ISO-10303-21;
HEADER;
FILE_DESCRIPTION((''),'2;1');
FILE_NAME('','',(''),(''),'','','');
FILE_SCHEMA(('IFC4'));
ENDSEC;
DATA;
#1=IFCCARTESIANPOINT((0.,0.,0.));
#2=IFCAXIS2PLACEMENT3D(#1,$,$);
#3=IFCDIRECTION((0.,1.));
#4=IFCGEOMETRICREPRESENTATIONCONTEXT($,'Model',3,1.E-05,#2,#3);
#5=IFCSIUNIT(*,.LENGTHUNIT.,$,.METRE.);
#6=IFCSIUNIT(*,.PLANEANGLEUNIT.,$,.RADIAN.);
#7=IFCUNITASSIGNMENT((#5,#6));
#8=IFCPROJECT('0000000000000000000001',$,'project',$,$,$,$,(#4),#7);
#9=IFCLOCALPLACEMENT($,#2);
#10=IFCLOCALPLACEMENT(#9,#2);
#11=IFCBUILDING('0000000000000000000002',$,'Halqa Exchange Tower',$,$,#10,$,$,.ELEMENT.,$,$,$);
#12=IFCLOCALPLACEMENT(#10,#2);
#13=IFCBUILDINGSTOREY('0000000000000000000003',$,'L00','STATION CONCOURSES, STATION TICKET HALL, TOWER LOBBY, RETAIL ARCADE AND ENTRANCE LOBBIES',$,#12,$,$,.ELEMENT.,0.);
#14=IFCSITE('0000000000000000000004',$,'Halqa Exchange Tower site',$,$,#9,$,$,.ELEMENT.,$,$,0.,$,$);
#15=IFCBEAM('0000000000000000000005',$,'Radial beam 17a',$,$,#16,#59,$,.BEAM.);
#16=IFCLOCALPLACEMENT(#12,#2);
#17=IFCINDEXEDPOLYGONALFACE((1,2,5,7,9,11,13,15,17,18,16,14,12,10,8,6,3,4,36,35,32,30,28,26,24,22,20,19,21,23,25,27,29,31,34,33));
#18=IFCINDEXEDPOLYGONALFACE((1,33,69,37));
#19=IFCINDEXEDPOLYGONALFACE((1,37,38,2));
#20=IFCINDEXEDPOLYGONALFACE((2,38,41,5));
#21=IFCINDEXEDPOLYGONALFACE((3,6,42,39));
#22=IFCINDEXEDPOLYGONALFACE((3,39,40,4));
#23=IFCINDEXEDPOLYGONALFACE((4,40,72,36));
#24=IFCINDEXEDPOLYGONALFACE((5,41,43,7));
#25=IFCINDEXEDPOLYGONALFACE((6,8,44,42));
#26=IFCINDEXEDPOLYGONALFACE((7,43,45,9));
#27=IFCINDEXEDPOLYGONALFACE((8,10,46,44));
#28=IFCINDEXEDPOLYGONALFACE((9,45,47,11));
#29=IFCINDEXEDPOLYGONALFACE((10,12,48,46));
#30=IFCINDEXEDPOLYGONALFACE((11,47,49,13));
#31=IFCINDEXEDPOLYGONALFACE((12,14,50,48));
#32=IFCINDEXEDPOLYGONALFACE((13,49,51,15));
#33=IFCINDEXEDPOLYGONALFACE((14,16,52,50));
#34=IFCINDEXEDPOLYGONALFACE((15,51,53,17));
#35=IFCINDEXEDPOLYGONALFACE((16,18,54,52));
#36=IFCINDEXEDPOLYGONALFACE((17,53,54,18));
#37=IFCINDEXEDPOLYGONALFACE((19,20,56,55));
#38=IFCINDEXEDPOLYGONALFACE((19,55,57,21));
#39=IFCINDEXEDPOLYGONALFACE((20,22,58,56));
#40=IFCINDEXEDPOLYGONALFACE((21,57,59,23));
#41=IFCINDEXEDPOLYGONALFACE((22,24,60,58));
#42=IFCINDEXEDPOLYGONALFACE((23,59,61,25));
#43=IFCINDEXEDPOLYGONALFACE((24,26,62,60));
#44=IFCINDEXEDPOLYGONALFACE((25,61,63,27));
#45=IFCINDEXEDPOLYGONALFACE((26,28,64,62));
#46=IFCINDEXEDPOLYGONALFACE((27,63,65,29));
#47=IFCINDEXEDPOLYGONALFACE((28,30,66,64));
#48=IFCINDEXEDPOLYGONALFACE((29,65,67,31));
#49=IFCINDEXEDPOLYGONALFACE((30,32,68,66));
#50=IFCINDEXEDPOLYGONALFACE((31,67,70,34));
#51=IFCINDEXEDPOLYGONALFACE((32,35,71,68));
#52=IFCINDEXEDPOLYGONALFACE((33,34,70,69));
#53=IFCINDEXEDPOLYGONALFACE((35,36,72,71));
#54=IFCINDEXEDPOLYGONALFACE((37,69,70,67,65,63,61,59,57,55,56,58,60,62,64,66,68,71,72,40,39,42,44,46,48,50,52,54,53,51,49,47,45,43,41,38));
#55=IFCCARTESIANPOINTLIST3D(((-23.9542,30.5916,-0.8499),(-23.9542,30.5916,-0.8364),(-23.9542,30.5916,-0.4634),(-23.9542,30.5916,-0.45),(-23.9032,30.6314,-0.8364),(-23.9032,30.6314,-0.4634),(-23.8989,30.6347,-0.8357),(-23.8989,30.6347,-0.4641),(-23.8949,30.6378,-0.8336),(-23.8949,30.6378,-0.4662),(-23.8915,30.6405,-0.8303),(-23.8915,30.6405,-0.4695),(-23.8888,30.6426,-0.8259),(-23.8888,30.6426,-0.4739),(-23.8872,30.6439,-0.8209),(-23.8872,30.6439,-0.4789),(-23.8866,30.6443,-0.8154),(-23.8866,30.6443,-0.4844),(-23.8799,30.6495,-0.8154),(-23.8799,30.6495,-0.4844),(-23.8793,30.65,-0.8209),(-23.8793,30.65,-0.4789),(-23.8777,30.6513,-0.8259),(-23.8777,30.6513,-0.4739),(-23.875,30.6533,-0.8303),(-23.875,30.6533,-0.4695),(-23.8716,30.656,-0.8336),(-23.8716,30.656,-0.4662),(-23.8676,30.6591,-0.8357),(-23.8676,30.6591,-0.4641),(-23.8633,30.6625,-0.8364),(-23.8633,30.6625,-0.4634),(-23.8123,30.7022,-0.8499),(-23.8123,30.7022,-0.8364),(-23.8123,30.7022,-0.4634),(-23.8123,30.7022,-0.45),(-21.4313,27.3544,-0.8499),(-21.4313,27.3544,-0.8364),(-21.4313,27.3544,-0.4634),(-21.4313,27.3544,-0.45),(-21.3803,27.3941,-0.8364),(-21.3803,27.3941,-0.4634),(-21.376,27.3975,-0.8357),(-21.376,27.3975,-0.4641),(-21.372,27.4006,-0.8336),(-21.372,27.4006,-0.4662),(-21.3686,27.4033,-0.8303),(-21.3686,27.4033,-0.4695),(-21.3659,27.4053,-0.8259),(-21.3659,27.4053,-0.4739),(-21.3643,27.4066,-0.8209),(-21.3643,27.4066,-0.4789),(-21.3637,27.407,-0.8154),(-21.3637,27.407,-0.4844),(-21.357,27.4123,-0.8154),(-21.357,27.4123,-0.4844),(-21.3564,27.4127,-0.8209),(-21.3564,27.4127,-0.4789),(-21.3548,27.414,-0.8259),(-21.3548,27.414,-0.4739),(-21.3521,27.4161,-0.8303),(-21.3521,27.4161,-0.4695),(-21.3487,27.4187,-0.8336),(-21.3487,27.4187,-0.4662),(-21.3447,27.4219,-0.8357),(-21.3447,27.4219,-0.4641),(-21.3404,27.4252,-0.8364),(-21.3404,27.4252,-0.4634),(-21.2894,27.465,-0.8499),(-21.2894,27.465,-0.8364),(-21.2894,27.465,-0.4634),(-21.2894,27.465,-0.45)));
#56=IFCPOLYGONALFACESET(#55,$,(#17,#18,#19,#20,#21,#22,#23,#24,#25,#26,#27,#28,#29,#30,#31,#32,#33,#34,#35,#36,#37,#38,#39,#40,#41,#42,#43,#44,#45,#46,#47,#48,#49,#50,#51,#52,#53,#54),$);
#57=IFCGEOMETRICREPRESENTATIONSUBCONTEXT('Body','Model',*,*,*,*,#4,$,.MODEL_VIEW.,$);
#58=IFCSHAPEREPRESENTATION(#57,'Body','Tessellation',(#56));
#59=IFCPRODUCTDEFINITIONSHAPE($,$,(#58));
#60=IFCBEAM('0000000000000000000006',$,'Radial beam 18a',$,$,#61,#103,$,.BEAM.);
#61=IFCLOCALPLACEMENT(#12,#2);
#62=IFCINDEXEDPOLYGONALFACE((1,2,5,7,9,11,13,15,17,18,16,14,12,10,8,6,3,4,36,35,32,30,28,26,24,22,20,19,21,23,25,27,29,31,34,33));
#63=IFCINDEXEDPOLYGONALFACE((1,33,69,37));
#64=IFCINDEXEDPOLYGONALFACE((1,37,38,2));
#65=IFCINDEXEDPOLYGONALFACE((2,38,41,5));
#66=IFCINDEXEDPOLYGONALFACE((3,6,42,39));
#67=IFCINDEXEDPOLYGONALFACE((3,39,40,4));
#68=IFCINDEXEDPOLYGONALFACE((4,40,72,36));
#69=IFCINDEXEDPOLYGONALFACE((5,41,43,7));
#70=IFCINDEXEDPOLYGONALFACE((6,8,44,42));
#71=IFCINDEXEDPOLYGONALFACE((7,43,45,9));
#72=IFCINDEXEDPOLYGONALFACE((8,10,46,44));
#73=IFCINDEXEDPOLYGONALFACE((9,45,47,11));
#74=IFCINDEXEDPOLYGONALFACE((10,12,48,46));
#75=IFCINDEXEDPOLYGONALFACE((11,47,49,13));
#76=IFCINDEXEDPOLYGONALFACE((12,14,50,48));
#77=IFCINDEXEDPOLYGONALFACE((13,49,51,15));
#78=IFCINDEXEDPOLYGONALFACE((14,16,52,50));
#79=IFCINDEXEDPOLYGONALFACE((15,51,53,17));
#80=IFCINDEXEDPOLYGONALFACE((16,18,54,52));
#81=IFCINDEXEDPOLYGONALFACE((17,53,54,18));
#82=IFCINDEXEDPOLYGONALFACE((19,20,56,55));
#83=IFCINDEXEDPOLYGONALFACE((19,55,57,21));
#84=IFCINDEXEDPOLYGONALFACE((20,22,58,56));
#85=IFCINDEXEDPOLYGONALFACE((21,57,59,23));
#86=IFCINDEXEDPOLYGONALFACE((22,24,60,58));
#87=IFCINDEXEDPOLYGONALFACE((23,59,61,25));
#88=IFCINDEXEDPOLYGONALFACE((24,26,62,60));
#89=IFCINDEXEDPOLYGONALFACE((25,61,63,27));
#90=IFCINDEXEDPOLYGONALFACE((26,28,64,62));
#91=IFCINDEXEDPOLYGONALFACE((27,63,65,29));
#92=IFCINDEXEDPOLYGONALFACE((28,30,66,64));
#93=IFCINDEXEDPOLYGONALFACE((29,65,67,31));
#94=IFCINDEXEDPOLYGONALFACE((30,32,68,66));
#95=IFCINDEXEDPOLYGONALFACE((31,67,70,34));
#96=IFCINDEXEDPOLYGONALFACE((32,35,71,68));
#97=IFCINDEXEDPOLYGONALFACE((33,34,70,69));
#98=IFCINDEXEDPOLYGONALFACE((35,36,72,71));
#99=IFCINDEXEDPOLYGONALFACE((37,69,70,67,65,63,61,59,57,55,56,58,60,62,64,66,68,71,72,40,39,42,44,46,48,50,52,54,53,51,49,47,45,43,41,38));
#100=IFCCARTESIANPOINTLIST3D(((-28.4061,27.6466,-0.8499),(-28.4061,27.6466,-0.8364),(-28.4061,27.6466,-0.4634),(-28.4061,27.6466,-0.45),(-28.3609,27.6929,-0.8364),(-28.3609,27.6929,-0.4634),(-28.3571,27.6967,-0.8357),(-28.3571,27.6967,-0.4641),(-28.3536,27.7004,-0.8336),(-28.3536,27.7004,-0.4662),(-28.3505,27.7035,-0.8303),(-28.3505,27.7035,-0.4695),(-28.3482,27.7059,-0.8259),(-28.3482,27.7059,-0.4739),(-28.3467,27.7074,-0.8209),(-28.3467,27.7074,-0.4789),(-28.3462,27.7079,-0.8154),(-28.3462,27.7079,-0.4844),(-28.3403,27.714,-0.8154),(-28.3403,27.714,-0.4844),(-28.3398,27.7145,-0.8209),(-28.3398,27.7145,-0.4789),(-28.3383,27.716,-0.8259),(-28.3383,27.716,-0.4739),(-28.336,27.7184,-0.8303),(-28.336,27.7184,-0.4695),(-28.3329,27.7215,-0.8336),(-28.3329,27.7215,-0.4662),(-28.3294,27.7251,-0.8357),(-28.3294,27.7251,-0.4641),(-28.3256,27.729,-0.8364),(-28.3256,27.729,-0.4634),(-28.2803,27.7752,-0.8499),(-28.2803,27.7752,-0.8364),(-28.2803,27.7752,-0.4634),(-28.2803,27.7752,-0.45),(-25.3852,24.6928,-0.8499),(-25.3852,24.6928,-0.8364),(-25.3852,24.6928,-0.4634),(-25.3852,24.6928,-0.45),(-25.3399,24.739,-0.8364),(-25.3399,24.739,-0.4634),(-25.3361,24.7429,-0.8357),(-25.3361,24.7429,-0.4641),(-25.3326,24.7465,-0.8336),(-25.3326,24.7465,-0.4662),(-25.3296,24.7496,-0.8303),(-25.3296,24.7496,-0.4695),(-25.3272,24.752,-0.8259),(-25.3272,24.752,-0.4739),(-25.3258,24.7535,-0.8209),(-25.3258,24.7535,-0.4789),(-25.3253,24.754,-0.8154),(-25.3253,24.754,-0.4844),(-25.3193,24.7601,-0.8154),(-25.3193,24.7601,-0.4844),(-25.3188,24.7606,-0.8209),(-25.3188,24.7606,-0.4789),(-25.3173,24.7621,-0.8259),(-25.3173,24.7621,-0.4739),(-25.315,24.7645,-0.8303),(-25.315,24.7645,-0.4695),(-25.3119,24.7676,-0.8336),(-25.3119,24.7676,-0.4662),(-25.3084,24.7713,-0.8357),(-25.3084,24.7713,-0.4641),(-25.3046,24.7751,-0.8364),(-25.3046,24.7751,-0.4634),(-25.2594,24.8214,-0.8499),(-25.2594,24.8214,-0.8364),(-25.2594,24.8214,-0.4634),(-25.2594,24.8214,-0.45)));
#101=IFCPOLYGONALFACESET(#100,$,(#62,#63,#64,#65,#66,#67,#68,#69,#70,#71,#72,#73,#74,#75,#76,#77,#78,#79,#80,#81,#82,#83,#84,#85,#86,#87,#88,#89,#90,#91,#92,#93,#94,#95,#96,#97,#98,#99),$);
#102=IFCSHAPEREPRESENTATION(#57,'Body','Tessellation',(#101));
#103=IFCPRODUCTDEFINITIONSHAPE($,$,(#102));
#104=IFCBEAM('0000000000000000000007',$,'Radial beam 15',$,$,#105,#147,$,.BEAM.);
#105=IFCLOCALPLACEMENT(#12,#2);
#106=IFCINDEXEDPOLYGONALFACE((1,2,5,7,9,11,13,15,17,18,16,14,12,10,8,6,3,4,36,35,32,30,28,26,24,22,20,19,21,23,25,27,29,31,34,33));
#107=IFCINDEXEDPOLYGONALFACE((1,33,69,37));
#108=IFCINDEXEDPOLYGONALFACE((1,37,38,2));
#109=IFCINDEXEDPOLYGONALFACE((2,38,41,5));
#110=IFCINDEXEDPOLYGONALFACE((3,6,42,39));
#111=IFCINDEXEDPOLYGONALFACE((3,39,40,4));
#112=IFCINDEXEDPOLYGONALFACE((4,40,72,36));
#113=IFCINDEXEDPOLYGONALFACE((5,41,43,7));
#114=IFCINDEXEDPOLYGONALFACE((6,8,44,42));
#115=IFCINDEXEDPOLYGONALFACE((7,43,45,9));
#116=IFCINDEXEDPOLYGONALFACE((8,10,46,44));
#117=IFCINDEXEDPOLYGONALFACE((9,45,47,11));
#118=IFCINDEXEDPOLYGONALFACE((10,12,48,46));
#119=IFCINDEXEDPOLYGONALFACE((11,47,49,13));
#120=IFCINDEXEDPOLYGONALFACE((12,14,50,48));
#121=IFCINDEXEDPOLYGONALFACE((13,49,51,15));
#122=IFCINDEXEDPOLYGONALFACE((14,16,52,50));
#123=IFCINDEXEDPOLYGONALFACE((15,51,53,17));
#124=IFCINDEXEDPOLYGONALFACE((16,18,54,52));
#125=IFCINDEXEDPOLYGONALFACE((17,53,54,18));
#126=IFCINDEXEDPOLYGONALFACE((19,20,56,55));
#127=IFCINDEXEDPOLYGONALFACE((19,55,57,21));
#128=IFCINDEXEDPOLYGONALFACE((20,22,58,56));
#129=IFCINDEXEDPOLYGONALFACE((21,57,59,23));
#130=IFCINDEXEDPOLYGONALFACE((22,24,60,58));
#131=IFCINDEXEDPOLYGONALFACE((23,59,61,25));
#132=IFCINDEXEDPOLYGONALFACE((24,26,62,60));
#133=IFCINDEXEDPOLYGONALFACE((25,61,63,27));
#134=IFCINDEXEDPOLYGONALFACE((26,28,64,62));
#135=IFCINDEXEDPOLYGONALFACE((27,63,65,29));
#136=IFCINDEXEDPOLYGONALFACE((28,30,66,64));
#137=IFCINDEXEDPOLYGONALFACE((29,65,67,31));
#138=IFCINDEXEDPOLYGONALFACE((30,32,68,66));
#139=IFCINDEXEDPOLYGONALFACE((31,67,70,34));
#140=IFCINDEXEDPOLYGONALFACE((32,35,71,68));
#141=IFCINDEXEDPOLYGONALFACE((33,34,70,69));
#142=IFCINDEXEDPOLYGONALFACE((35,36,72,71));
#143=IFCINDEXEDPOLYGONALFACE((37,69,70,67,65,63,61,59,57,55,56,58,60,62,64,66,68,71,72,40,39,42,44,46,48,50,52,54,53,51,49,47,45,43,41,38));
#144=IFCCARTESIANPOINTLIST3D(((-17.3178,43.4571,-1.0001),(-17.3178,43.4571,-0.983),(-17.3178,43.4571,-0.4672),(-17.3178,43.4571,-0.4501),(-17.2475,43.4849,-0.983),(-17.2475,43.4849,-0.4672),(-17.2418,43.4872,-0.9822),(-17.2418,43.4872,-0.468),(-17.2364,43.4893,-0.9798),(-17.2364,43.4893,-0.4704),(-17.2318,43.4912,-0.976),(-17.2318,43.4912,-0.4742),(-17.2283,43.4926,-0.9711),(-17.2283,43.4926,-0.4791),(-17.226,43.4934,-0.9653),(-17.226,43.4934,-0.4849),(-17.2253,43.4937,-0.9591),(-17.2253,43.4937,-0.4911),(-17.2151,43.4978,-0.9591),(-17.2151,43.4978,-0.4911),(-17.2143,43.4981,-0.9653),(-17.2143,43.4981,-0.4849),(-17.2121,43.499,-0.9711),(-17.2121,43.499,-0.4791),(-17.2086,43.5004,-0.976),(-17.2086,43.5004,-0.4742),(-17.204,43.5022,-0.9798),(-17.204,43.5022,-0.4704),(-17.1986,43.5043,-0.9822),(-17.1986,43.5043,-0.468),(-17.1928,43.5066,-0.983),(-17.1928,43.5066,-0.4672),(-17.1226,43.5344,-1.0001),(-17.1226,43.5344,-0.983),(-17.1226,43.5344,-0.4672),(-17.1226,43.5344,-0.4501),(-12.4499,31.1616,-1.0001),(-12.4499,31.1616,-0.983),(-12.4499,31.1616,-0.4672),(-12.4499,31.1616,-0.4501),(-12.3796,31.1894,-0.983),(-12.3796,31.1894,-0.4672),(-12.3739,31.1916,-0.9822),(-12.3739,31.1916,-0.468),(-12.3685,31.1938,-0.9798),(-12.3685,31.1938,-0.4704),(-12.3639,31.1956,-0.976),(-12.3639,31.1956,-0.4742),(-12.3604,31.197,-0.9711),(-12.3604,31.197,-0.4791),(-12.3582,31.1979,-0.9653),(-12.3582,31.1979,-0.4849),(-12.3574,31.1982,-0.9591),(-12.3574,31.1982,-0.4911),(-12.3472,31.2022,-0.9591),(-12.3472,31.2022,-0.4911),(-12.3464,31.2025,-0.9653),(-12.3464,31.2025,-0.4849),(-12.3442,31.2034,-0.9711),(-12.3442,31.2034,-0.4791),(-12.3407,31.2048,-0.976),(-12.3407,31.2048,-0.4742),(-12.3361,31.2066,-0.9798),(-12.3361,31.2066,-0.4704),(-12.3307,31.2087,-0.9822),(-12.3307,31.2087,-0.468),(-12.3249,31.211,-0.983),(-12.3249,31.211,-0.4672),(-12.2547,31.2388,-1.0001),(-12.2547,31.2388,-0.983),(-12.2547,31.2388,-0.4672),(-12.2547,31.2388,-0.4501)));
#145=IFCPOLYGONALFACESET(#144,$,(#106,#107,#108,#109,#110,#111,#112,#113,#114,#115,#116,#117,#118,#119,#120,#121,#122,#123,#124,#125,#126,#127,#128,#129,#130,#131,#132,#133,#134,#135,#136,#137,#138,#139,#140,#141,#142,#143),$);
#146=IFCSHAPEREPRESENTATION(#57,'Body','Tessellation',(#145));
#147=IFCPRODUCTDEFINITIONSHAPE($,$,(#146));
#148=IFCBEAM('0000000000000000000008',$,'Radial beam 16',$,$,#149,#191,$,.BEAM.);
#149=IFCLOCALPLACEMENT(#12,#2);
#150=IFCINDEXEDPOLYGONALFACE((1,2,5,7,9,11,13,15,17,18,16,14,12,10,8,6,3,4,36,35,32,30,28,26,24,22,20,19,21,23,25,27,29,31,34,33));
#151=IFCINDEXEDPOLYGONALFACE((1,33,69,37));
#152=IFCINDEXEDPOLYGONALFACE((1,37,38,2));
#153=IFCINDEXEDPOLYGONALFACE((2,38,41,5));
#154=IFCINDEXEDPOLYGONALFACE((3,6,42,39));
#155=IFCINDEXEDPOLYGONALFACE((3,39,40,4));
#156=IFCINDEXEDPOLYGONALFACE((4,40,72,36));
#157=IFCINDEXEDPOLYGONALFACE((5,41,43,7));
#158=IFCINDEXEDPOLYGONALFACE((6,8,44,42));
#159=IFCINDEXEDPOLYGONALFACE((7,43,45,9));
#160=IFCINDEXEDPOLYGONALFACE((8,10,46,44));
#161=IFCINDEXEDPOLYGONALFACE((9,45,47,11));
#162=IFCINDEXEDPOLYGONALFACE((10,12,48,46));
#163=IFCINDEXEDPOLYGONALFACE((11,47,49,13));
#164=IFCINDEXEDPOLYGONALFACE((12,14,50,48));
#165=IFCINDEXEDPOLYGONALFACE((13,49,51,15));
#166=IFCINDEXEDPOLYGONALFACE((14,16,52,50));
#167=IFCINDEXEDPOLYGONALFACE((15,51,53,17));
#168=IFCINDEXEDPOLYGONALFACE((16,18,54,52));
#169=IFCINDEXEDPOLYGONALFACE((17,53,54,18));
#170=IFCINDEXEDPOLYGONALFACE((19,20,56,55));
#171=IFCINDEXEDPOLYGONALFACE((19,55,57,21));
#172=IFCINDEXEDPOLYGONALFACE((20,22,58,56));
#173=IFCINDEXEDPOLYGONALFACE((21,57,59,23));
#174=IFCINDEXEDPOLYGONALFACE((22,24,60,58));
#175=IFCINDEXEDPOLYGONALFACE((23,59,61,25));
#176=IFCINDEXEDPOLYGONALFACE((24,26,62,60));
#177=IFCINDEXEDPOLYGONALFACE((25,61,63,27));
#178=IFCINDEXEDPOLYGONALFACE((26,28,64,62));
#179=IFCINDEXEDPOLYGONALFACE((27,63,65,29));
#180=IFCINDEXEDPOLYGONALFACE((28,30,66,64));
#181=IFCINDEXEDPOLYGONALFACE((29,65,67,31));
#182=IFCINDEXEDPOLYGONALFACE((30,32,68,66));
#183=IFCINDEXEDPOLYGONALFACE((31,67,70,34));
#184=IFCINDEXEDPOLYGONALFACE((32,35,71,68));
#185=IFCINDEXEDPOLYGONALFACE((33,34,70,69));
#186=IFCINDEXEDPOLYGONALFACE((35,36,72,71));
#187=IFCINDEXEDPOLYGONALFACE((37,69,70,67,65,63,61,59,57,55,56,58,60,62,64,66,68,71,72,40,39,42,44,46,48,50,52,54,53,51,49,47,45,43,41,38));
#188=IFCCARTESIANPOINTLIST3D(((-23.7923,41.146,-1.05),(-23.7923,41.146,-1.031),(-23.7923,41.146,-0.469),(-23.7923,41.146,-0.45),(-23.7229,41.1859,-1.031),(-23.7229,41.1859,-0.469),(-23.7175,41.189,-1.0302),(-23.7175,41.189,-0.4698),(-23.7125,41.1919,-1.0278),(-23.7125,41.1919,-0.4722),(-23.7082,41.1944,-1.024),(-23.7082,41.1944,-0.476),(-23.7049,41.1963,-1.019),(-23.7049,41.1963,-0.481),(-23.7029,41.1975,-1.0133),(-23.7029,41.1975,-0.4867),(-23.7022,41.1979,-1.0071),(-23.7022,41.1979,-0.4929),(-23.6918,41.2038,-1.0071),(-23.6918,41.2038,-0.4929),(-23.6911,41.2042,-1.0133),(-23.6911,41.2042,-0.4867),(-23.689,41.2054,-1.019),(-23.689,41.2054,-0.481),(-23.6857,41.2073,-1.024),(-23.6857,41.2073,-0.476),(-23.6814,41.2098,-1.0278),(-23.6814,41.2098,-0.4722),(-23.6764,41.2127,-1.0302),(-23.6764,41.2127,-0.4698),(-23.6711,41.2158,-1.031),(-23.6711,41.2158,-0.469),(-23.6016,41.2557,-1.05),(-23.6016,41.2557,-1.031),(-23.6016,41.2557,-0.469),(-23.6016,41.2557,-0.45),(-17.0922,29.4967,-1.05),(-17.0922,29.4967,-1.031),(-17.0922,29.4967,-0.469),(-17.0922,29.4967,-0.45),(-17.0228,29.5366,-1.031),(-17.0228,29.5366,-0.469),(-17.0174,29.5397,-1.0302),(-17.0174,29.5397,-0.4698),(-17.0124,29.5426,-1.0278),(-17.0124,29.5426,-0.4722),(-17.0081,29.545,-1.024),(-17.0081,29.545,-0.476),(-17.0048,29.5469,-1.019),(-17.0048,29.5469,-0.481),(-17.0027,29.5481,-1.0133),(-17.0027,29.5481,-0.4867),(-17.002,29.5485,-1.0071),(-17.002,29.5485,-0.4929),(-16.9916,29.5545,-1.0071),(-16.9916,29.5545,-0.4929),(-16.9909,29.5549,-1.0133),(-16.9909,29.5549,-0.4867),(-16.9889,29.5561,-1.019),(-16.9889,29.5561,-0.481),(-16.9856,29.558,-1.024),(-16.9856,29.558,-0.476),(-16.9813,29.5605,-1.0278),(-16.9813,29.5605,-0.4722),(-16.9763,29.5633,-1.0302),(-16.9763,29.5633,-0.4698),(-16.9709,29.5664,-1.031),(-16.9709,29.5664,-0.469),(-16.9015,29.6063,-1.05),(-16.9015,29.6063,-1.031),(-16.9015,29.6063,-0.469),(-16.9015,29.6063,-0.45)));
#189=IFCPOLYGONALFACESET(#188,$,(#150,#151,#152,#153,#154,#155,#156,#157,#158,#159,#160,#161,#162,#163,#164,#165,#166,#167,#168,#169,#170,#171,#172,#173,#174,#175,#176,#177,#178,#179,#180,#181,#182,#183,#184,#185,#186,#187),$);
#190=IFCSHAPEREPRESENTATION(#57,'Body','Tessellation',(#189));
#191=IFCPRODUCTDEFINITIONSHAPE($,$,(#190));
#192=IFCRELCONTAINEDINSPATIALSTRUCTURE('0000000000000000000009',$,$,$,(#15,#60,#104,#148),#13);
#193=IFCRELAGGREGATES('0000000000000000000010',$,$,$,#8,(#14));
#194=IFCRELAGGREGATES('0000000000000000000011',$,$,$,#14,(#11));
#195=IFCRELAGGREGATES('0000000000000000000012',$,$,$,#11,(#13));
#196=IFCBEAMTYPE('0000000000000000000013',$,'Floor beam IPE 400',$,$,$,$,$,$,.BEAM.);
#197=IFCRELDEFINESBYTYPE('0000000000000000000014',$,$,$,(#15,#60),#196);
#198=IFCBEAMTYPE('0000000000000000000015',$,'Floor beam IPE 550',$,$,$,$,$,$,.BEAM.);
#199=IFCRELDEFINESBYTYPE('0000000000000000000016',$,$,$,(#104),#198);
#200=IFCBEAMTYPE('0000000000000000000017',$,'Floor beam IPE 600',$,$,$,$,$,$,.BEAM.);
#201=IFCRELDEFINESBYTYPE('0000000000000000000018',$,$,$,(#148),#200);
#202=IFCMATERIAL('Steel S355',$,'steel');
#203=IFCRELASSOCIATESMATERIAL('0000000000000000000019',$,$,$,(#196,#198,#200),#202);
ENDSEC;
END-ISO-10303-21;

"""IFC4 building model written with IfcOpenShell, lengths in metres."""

from ifc_helpers import new_model, si_unit, direction, frame, origin, origin_2d, place, context, subcontext, project, spatial, i_section, extrude, material, material_profile, profile_set, type_object, element, save


model = new_model("IFC4")

# Units and contexts
model_context = context("Model", 3, precision=1e-05, world=origin(), true_north=direction((0.0, 1.0)))
body_context = subcontext(model_context, "Body", "Model", "MODEL_VIEW")
ifc_project = project(units=[si_unit("LENGTHUNIT", "METRE"), si_unit("PLANEANGLEUNIT", "RADIAN")], contexts=[model_context])

# Site, building, storey
site_placement = place(None, origin())
site = spatial("IfcSite", under=ifc_project, at=site_placement, Name="Halqa Exchange Tower site", CompositionType="ELEMENT", RefElevation=0.0)
building_placement = place(site_placement, origin())
building = spatial("IfcBuilding", under=site, at=building_placement, Name="Halqa Exchange Tower", CompositionType="ELEMENT")
storey_placement = place(building_placement, origin())
storey = spatial("IfcBuildingStorey", under=building, at=storey_placement, Name="L00", Description="STATION CONCOURSES, STATION TICKET HALL, TOWER LOBBY, RETAIL ARCADE AND ENTRANCE LOBBIES", CompositionType="ELEMENT", Elevation=0.0)

# Beams
ifc_material_1 = material(Name="Steel S355", Category="steel")
ifc_material_profile_1 = material_profile(ifc_material_1, i_section(OverallWidth=0.1799, OverallDepth=0.3999, WebThickness=0.0085, FlangeThickness=0.0134, FilletRadius=0.021, at=origin_2d()), Name="IPE 400")
ifc_profile_set_1 = profile_set([ifc_material_profile_1], Name="Steel S355")
beam_type_1 = type_object("IfcBeamType", Name="Floor beam IPE 400", PredefinedType="BEAM", material=ifc_profile_set_1)
beam_1_placement = place(storey_placement, frame((-21.3604, 27.4097, -0.6499), z_axis=(-0.614706, 0.788756, 0.0), x_axis=(-0.788756, -0.614706, 0.0)))
element("IfcBeam", 1, at=beam_1_placement, inside=storey, type_object=beam_type_1, Name="Radial beam 17a", PredefinedType="BEAM", context=body_context, shape_type="SweptSolid", body=[
    extrude(i_section(OverallWidth=0.1799, OverallDepth=0.3999, WebThickness=0.0085, FlangeThickness=0.0134, FilletRadius=0.021, at=origin_2d()), origin(), (0.0, 0.0, 1.0), 4.1042),
])
beam_2_placement = place(storey_placement, frame((-25.3223, 24.7571, -0.6499), z_axis=(-0.715007, 0.699117, 0.0), x_axis=(-0.699117, -0.715007, 0.0)))
element("IfcBeam", 2, at=beam_2_placement, inside=storey, type_object=beam_type_1, Name="Radial beam 18a", PredefinedType="BEAM", context=body_context, shape_type="SweptSolid", body=[
    extrude(i_section(OverallWidth=0.1799, OverallDepth=0.3999, WebThickness=0.0085, FlangeThickness=0.0134, FilletRadius=0.021, at=origin_2d()), origin(), (0.0, 0.0, 1.0), 4.2251),
])
ifc_material_profile_2 = material_profile(ifc_material_1, i_section(OverallWidth=0.21, OverallDepth=0.55, WebThickness=0.011, FlangeThickness=0.0171, FilletRadius=0.0239, at=origin_2d()), Name="IPE 550")
ifc_profile_set_2 = profile_set([ifc_material_profile_2], Name="Steel S355")
beam_type_2 = type_object("IfcBeamType", Name="Floor beam IPE 550", PredefinedType="BEAM", material=ifc_profile_set_2)
beam_3_placement = place(storey_placement, frame((-12.3523, 31.2002, -0.7251), z_axis=(-0.368107, 0.929784, 0.0), x_axis=(-0.929784, -0.368107, 0.0)))
element("IfcBeam", 3, at=beam_3_placement, inside=storey, type_object=beam_type_2, Name="Radial beam 15", PredefinedType="BEAM", context=body_context, shape_type="SweptSolid", body=[
    extrude(i_section(OverallWidth=0.21, OverallDepth=0.55, WebThickness=0.011, FlangeThickness=0.0171, FilletRadius=0.0239, at=origin_2d()), origin(), (0.0, 0.0, 1.0), 13.2241),
])
ifc_material_profile_3 = material_profile(ifc_material_1, i_section(OverallWidth=0.22, OverallDepth=0.6001, WebThickness=0.012, FlangeThickness=0.019, FilletRadius=0.0239, at=origin_2d()), Name="IPE 600")
ifc_profile_set_3 = profile_set([ifc_material_profile_3], Name="Steel S355")
beam_type_3 = type_object("IfcBeamType", Name="Floor beam IPE 600", PredefinedType="BEAM", material=ifc_profile_set_3)
beam_4_placement = place(storey_placement, frame((-16.9968, 29.5515, -0.75), z_axis=(-0.498571, 0.866849, 0.0), x_axis=(-0.866849, -0.498571, 0.0)))
element("IfcBeam", 4, at=beam_4_placement, inside=storey, type_object=beam_type_3, Name="Radial beam 16", PredefinedType="BEAM", context=body_context, shape_type="SweptSolid", body=[
    extrude(i_section(OverallWidth=0.22, OverallDepth=0.6001, WebThickness=0.012, FlangeThickness=0.019, FilletRadius=0.0239, at=origin_2d()), origin(), (0.0, 0.0, 1.0), 13.4387),
])

save(model, "model.ifc")
